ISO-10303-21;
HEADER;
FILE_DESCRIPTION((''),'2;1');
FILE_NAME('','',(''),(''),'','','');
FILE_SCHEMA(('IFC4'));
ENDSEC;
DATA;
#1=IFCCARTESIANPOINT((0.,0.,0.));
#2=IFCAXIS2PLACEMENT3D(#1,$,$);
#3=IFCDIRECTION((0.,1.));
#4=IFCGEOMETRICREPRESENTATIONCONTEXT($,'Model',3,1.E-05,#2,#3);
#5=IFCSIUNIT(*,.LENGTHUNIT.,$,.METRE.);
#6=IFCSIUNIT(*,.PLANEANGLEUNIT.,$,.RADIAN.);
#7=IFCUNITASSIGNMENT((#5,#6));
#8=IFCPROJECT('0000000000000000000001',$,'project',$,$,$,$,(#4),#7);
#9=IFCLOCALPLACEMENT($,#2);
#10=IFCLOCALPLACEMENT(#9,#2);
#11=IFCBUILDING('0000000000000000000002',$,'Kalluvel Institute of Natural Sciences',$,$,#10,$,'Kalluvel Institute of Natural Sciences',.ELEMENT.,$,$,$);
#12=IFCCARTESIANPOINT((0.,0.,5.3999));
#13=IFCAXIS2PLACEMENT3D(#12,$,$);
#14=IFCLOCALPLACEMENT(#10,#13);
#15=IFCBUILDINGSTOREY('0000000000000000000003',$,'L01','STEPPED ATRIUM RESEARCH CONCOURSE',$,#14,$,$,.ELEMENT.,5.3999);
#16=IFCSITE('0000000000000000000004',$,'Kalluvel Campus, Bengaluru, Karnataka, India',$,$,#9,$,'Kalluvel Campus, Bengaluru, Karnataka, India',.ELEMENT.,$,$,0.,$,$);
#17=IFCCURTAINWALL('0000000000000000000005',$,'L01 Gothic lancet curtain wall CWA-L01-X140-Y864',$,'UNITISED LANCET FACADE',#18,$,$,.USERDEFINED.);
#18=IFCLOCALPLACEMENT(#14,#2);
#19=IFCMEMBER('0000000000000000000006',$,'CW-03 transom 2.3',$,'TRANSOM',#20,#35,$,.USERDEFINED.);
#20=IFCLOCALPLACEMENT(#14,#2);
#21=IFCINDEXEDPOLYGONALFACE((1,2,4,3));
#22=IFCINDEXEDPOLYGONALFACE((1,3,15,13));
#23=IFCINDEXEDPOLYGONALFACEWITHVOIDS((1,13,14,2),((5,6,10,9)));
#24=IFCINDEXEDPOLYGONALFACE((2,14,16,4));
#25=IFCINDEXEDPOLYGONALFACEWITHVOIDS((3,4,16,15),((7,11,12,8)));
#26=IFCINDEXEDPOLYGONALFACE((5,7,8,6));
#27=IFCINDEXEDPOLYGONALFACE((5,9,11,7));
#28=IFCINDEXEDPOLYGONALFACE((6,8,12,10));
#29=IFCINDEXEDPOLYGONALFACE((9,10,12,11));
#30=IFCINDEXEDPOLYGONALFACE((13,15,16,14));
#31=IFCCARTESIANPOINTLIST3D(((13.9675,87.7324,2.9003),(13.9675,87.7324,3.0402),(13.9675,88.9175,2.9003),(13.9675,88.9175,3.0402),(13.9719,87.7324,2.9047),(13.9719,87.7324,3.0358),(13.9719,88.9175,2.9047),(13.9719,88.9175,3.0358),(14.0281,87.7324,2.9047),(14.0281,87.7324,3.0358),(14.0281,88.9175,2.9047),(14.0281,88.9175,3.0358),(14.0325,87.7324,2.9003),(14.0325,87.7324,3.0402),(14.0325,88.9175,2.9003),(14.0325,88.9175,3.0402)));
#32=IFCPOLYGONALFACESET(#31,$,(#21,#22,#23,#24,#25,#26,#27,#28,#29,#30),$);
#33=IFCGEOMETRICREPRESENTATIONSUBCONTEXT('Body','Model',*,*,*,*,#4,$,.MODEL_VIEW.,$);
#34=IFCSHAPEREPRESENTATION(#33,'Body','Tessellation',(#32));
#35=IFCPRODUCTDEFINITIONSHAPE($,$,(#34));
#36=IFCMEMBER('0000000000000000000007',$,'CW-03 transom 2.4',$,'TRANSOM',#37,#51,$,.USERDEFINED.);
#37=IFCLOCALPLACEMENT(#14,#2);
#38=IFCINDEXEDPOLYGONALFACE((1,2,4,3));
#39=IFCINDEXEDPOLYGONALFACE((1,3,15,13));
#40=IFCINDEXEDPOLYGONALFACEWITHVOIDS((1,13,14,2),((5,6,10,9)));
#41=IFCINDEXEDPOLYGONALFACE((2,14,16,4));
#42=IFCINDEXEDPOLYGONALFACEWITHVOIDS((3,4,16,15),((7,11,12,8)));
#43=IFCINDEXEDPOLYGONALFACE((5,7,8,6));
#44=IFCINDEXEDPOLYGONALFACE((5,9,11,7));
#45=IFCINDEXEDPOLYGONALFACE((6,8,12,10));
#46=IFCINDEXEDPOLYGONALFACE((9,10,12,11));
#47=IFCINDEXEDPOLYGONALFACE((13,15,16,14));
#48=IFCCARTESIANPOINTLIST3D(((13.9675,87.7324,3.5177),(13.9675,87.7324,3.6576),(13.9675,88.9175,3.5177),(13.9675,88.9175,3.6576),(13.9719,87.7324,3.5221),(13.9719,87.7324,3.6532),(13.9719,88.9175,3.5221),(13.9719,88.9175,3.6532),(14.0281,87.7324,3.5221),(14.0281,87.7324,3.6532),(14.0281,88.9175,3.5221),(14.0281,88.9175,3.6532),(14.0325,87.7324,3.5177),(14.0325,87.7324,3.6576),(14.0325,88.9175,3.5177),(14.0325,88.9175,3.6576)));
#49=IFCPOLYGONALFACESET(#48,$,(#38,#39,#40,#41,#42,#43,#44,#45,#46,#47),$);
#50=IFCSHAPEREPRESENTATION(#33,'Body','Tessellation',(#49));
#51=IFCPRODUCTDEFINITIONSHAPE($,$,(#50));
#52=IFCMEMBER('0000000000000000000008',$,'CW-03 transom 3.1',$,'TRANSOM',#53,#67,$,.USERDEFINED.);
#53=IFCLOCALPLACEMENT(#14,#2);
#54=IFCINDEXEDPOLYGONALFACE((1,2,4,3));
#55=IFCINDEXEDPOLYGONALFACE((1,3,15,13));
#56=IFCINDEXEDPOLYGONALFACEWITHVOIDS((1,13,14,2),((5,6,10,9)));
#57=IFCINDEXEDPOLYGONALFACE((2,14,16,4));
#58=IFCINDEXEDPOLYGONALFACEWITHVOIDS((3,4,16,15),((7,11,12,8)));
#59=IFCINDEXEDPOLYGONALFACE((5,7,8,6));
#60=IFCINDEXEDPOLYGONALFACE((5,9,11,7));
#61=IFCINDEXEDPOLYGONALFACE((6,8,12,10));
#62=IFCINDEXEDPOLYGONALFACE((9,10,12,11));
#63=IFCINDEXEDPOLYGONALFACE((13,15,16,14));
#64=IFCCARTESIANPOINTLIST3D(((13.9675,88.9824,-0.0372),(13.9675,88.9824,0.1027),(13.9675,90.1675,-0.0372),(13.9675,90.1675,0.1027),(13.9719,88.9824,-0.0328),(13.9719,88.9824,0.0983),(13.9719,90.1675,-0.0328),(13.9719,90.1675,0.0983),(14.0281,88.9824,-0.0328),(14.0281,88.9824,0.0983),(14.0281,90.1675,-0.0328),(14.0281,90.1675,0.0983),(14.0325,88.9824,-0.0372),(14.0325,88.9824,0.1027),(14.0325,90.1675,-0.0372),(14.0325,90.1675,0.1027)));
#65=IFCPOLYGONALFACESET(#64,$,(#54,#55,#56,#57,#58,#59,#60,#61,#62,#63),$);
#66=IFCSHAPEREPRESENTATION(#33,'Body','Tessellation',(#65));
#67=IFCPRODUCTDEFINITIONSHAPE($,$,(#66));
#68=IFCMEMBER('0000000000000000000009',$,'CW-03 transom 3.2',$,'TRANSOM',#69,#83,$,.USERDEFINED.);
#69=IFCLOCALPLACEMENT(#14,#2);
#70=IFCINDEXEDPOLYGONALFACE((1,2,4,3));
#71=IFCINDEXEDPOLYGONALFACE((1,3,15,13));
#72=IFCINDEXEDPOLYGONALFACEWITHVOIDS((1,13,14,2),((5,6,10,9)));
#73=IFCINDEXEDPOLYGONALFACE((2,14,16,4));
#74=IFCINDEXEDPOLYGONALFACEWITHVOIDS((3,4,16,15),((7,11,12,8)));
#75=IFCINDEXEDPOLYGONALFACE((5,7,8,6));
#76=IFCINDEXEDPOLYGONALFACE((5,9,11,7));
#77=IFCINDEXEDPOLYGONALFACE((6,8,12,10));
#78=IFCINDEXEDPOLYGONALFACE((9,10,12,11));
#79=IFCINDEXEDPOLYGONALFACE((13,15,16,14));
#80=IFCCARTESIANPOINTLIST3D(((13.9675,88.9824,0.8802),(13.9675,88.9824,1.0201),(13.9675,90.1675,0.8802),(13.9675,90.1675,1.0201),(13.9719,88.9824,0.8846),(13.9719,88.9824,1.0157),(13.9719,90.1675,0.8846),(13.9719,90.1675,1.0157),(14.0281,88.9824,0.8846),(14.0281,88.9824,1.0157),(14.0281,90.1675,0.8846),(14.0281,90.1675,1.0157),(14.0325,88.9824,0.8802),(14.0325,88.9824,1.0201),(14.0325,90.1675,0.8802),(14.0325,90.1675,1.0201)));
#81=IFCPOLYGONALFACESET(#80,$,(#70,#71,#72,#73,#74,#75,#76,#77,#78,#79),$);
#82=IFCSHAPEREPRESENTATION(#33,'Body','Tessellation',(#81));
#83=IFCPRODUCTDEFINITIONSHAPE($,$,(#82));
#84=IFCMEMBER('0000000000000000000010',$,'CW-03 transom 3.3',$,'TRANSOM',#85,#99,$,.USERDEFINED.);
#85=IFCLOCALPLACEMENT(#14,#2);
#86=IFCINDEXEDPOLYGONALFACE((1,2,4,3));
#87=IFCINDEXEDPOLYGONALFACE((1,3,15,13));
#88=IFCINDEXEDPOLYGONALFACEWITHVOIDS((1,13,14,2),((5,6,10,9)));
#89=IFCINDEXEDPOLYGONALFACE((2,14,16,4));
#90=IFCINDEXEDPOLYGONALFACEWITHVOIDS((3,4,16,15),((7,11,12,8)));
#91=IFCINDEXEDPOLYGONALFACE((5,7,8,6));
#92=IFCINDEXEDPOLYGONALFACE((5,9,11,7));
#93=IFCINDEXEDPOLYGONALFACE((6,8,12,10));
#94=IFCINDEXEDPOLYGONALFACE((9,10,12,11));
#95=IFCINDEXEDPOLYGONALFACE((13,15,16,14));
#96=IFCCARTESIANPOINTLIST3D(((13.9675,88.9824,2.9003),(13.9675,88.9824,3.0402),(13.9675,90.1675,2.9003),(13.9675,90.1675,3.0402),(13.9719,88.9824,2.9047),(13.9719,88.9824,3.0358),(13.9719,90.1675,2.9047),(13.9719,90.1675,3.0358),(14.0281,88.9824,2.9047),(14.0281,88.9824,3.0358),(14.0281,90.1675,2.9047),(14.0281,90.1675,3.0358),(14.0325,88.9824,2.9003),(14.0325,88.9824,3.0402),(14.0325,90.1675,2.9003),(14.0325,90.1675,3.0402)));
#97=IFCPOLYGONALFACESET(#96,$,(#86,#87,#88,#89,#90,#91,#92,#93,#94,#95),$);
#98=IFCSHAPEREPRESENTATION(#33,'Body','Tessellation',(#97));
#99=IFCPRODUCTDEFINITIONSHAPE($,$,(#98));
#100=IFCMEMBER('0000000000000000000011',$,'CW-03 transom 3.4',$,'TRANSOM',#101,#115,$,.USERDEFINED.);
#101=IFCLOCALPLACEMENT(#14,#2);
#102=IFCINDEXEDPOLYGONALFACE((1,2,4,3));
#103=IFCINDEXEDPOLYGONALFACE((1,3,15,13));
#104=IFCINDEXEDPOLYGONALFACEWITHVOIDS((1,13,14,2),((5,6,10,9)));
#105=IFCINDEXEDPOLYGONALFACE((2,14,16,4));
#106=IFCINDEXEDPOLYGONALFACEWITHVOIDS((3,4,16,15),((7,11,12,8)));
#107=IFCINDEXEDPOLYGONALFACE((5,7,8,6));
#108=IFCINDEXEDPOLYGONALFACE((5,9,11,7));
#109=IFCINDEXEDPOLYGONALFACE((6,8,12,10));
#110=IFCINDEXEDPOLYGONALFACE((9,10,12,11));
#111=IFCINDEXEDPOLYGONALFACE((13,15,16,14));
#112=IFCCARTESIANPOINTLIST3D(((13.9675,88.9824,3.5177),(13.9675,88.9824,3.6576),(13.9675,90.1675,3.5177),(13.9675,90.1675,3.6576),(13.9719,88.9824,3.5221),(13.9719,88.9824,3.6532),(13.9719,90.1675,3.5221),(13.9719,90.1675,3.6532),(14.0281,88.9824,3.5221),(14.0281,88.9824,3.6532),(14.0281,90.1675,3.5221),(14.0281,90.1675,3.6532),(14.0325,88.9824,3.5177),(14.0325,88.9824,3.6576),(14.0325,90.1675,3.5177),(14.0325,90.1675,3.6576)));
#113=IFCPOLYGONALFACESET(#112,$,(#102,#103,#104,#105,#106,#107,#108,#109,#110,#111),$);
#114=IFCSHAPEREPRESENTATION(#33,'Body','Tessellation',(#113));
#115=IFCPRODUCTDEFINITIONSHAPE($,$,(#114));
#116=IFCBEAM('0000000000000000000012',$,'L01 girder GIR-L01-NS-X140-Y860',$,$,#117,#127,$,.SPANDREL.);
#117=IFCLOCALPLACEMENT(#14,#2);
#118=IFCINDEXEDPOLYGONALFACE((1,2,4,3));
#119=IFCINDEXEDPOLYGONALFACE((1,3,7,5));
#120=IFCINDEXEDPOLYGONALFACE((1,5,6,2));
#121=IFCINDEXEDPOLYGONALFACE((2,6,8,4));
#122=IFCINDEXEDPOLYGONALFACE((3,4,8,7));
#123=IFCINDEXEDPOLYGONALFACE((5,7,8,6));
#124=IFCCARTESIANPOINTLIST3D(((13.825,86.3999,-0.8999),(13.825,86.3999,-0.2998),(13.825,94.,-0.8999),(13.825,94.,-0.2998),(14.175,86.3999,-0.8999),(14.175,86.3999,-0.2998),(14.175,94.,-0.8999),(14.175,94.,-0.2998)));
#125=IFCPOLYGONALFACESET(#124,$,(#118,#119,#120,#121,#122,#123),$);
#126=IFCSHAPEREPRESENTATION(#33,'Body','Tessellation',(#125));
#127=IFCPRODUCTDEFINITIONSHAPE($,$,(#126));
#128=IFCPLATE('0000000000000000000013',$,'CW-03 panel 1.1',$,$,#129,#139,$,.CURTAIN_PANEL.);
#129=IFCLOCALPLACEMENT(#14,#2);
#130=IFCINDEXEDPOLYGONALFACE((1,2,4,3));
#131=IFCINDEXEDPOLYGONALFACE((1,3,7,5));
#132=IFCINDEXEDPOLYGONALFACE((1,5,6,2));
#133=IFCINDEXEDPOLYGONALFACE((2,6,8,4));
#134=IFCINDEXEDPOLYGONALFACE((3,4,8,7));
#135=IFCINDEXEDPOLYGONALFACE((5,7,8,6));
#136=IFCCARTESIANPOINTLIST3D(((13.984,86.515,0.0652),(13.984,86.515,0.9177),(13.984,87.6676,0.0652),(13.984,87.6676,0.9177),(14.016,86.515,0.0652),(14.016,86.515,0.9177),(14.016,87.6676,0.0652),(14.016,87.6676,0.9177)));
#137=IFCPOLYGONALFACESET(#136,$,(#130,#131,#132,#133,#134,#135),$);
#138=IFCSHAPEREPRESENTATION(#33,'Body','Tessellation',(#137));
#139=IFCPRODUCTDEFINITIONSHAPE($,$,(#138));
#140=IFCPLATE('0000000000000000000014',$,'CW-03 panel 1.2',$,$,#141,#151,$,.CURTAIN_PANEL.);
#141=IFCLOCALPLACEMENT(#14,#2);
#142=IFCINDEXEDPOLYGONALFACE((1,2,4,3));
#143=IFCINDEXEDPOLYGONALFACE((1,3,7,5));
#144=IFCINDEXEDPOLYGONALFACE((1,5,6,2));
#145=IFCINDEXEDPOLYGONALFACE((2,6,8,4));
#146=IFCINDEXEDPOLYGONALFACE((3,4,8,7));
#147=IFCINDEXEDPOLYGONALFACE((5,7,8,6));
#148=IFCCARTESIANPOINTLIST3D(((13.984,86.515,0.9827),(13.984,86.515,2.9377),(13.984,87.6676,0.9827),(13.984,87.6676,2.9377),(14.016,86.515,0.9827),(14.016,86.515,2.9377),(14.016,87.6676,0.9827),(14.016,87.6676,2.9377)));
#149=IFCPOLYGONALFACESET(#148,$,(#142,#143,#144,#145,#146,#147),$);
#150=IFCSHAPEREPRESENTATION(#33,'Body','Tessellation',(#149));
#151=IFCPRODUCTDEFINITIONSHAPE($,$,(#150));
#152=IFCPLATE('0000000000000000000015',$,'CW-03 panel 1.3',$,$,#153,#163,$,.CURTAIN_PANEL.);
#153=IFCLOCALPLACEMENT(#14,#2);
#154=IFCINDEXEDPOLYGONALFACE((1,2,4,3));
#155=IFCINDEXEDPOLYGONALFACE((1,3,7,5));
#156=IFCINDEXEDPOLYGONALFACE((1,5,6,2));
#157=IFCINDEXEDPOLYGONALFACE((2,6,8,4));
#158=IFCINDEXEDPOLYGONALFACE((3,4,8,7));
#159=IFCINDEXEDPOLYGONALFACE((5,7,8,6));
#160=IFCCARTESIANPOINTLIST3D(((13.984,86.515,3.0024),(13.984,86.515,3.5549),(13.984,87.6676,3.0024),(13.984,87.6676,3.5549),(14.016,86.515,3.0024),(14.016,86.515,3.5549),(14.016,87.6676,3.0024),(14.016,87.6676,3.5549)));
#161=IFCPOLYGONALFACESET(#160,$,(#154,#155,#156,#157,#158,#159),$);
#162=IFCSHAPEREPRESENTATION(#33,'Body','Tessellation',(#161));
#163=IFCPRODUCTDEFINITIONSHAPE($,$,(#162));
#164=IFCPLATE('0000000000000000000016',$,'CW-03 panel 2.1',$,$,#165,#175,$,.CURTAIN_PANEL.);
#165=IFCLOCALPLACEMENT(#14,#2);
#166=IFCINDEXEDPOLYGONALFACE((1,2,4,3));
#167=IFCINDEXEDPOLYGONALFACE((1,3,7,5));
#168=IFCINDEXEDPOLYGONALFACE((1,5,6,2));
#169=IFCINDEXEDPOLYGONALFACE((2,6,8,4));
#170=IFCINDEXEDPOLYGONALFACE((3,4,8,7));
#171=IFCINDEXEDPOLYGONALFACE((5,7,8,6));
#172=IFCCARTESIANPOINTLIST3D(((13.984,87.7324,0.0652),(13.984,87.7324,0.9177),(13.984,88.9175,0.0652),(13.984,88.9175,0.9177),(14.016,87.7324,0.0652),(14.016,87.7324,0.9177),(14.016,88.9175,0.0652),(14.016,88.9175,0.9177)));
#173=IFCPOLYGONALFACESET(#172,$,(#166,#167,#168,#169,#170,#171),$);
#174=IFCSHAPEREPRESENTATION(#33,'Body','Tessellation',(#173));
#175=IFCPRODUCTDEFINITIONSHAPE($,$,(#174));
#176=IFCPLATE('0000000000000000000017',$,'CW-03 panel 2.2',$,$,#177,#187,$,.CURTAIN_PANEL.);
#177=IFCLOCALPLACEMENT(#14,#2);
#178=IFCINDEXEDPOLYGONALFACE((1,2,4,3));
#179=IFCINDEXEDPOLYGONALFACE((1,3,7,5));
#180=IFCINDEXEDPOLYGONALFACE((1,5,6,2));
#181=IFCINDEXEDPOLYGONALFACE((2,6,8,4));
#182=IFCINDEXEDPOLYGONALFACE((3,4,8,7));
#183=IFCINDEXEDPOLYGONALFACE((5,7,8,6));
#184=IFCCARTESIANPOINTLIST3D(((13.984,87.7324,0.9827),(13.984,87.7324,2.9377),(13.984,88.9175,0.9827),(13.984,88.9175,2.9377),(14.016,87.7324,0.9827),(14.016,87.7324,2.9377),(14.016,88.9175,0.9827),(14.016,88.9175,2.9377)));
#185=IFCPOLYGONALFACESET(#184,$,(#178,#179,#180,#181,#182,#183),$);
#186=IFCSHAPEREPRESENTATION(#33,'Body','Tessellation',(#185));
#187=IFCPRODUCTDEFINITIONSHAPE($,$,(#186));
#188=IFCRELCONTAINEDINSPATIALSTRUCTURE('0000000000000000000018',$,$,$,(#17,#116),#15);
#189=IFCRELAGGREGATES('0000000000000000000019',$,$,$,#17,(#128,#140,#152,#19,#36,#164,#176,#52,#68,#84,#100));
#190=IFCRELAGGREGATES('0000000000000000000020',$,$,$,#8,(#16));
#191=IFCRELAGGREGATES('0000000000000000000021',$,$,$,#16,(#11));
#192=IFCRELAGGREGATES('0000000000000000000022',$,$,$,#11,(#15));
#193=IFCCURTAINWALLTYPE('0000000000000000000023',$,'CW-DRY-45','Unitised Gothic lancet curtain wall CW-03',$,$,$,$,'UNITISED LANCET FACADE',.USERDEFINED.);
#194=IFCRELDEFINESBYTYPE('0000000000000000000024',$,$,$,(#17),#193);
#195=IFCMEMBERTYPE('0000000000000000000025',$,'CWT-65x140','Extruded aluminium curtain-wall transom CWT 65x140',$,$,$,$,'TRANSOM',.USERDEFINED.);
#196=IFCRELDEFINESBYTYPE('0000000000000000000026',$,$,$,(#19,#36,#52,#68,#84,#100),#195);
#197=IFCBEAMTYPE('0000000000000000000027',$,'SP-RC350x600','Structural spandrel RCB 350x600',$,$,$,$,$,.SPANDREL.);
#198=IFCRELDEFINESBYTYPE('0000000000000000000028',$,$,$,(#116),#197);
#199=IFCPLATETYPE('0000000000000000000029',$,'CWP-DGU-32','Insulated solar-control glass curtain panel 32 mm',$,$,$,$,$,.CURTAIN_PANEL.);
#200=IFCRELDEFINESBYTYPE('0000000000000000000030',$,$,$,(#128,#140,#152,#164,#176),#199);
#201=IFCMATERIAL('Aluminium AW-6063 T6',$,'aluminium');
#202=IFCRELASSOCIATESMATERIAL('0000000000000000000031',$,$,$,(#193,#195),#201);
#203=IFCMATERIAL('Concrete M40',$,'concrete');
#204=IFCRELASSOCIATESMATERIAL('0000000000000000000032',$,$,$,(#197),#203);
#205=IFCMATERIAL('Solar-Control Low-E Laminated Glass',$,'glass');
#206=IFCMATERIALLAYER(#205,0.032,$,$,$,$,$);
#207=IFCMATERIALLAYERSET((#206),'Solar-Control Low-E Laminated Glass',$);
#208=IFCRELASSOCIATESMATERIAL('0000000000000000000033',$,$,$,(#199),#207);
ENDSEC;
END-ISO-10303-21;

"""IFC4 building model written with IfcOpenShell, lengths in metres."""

from ifc_helpers import new_model, si_unit, direction, frame, origin, origin_2d, place, context, subcontext, project, spatial, rectangle, hollow_rectangle, extrude, material, layer, layer_set, material_profile, profile_set, type_object, element, aggregate, save


model = new_model("IFC4")

# Units and contexts
model_context = context("Model", 3, precision=1e-05, world=origin(), true_north=direction((0.0, 1.0)))
body_context = subcontext(model_context, "Body", "Model", "MODEL_VIEW")
ifc_project = project(units=[si_unit("LENGTHUNIT", "METRE"), si_unit("PLANEANGLEUNIT", "RADIAN")], contexts=[model_context])

# Site, building, storey
site_placement = place(None, origin())
site = spatial("IfcSite", under=ifc_project, at=site_placement, Name="Kalluvel Campus, Bengaluru, Karnataka, India", LongName="Kalluvel Campus, Bengaluru, Karnataka, India", CompositionType="ELEMENT", RefElevation=0.0)
building_placement = place(site_placement, origin())
building = spatial("IfcBuilding", under=site, at=building_placement, Name="Kalluvel Institute of Natural Sciences", LongName="Kalluvel Institute of Natural Sciences", CompositionType="ELEMENT")
storey_placement = place(building_placement, frame((0.0, 0.0, 5.3999)))
storey = spatial("IfcBuildingStorey", under=building, at=storey_placement, Name="L01", Description="STEPPED ATRIUM RESEARCH CONCOURSE", CompositionType="ELEMENT", Elevation=5.3999)

# Curtain wall, members
ifc_material_1 = material(Name="Aluminium AW-6063 T6", Category="aluminium")
curtain_wall_type = type_object("IfcCurtainWallType", Name="CW-DRY-45", Description="Unitised Gothic lancet curtain wall CW-03", ElementType="UNITISED LANCET FACADE", PredefinedType="USERDEFINED", material=ifc_material_1)
curtain_wall_placement = place(storey_placement, origin())
curtain_wall = element("IfcCurtainWall", 1, at=curtain_wall_placement, inside=storey, type_object=curtain_wall_type, Name="L01 Gothic lancet curtain wall CWA-L01-X140-Y864", ObjectType="UNITISED LANCET FACADE", PredefinedType="USERDEFINED")
ifc_material_profile_1 = material_profile(ifc_material_1, hollow_rectangle(XDim=0.0649, YDim=0.1399, WallThickness=0.0044, at=origin_2d()), Name="CWT 65x140")
ifc_profile_set_1 = profile_set([ifc_material_profile_1], Name="Aluminium AW-6063 T6")
member_type_1 = type_object("IfcMemberType", Name="CWT-65x140", Description="Extruded aluminium curtain-wall transom CWT 65x140", ElementType="TRANSOM", PredefinedType="USERDEFINED", material=ifc_profile_set_1)
member_1_placement = place(storey_placement, frame((14.0, 87.7324, 2.9702), z_axis=(0.0, 1.0, 0.0), x_axis=(-1.0, 0.0, 0.0)))
member_1 = element("IfcMember", 2, at=member_1_placement, type_object=member_type_1, Name="CW-03 transom 2.3", ObjectType="TRANSOM", PredefinedType="USERDEFINED", context=body_context, shape_type="SweptSolid", body=[
    extrude(hollow_rectangle(XDim=0.0649, YDim=0.1399, WallThickness=0.0044, at=origin_2d()), origin(), (0.0, 0.0, 1.0), 1.1851),
])
member_2_placement = place(storey_placement, frame((14.0, 87.7324, 3.5876), z_axis=(0.0, 1.0, 0.0), x_axis=(-1.0, 0.0, 0.0)))
member_2 = element("IfcMember", 3, at=member_2_placement, type_object=member_type_1, Name="CW-03 transom 2.4", ObjectType="TRANSOM", PredefinedType="USERDEFINED", context=body_context, shape_type="SweptSolid", body=[
    extrude(hollow_rectangle(XDim=0.0649, YDim=0.1399, WallThickness=0.0044, at=origin_2d()), origin(), (0.0, 0.0, 1.0), 1.1851),
])
member_3_placement = place(storey_placement, frame((14.0, 88.9824, 0.0327), z_axis=(0.0, 1.0, 0.0), x_axis=(-1.0, 0.0, 0.0)))
member_3 = element("IfcMember", 4, at=member_3_placement, type_object=member_type_1, Name="CW-03 transom 3.1", ObjectType="TRANSOM", PredefinedType="USERDEFINED", context=body_context, shape_type="SweptSolid", body=[
    extrude(hollow_rectangle(XDim=0.0649, YDim=0.1399, WallThickness=0.0044, at=origin_2d()), origin(), (0.0, 0.0, 1.0), 1.1851),
])
member_4_placement = place(storey_placement, frame((14.0, 88.9824, 0.9502), z_axis=(0.0, 1.0, 0.0), x_axis=(-1.0, 0.0, 0.0)))
member_4 = element("IfcMember", 5, at=member_4_placement, type_object=member_type_1, Name="CW-03 transom 3.2", ObjectType="TRANSOM", PredefinedType="USERDEFINED", context=body_context, shape_type="SweptSolid", body=[
    extrude(hollow_rectangle(XDim=0.0649, YDim=0.1399, WallThickness=0.0044, at=origin_2d()), origin(), (0.0, 0.0, 1.0), 1.1851),
])
member_5_placement = place(storey_placement, frame((14.0, 88.9824, 2.9702), z_axis=(0.0, 1.0, 0.0), x_axis=(-1.0, 0.0, 0.0)))
member_5 = element("IfcMember", 6, at=member_5_placement, type_object=member_type_1, Name="CW-03 transom 3.3", ObjectType="TRANSOM", PredefinedType="USERDEFINED", context=body_context, shape_type="SweptSolid", body=[
    extrude(hollow_rectangle(XDim=0.0649, YDim=0.1399, WallThickness=0.0044, at=origin_2d()), origin(), (0.0, 0.0, 1.0), 1.1851),
])
member_6_placement = place(storey_placement, frame((14.0, 88.9824, 3.5876), z_axis=(0.0, 1.0, 0.0), x_axis=(-1.0, 0.0, 0.0)))
member_6 = element("IfcMember", 7, at=member_6_placement, type_object=member_type_1, Name="CW-03 transom 3.4", ObjectType="TRANSOM", PredefinedType="USERDEFINED", context=body_context, shape_type="SweptSolid", body=[
    extrude(hollow_rectangle(XDim=0.0649, YDim=0.1399, WallThickness=0.0044, at=origin_2d()), origin(), (0.0, 0.0, 1.0), 1.1851),
])

# Beam
ifc_material_2 = material(Name="Concrete M40", Category="concrete")
ifc_material_profile_2 = material_profile(ifc_material_2, rectangle(XDim=0.3501, YDim=0.6001, at=origin_2d()), Name="RCB 350x600")
ifc_profile_set_2 = profile_set([ifc_material_profile_2], Name="Concrete M40")
beam_type = type_object("IfcBeamType", Name="SP-RC350x600", Description="Structural spandrel RCB 350x600", PredefinedType="SPANDREL", material=ifc_profile_set_2)
beam_placement = place(storey_placement, frame((14.0, 86.3999, -0.5999), z_axis=(0.0, 1.0, 0.0), x_axis=(-1.0, 0.0, 0.0)))
element("IfcBeam", 8, at=beam_placement, inside=storey, type_object=beam_type, Name="L01 girder GIR-L01-NS-X140-Y860", PredefinedType="SPANDREL", context=body_context, shape_type="SweptSolid", body=[
    extrude(rectangle(XDim=0.3501, YDim=0.6001, at=origin_2d()), origin(), (0.0, 0.0, 1.0), 7.6001),
])

# Plates
ifc_material_3 = material(Name="Solar-Control Low-E Laminated Glass", Category="glass")
ifc_layer = layer(ifc_material_3, 0.032)
ifc_layer_set = layer_set([ifc_layer], Name="Solar-Control Low-E Laminated Glass")
plate_type = type_object("IfcPlateType", Name="CWP-DGU-32", Description="Insulated solar-control glass curtain panel 32 mm", PredefinedType="CURTAIN_PANEL", material=ifc_layer_set)
plate_1_placement = place(storey_placement, frame((14.0, 87.0913, 0.0652), z_axis=(0.0, 0.0, 1.0), x_axis=(0.0, 1.0, 0.0)))
plate_1 = element("IfcPlate", 9, at=plate_1_placement, type_object=plate_type, Name="CW-03 panel 1.1", PredefinedType="CURTAIN_PANEL", context=body_context, shape_type="SweptSolid", body=[
    extrude(rectangle(XDim=1.1526, YDim=0.032, at=origin_2d()), origin(), (0.0, 0.0, 1.0), 0.8525),
])
plate_2_placement = place(storey_placement, frame((14.0, 87.0913, 0.9827), z_axis=(0.0, 0.0, 1.0), x_axis=(0.0, 1.0, 0.0)))
plate_2 = element("IfcPlate", 10, at=plate_2_placement, type_object=plate_type, Name="CW-03 panel 1.2", PredefinedType="CURTAIN_PANEL", context=body_context, shape_type="SweptSolid", body=[
    extrude(rectangle(XDim=1.1526, YDim=0.032, at=origin_2d()), origin(), (0.0, 0.0, 1.0), 1.9551),
])
plate_3_placement = place(storey_placement, frame((14.0, 87.0913, 3.0024), z_axis=(0.0, 0.0, 1.0), x_axis=(0.0, 1.0, 0.0)))
plate_3 = element("IfcPlate", 11, at=plate_3_placement, type_object=plate_type, Name="CW-03 panel 1.3", PredefinedType="CURTAIN_PANEL", context=body_context, shape_type="SweptSolid", body=[
    extrude(rectangle(XDim=1.1526, YDim=0.032, at=origin_2d()), origin(), (0.0, 0.0, 1.0), 0.5525),
])
plate_4_placement = place(storey_placement, frame((14.0, 88.325, 0.0652), z_axis=(0.0, 0.0, 1.0), x_axis=(0.0, 1.0, 0.0)))
plate_4 = element("IfcPlate", 12, at=plate_4_placement, type_object=plate_type, Name="CW-03 panel 2.1", PredefinedType="CURTAIN_PANEL", context=body_context, shape_type="SweptSolid", body=[
    extrude(rectangle(XDim=1.1851, YDim=0.032, at=origin_2d()), origin(), (0.0, 0.0, 1.0), 0.8525),
])
plate_5_placement = place(storey_placement, frame((14.0, 88.325, 0.9827), z_axis=(0.0, 0.0, 1.0), x_axis=(0.0, 1.0, 0.0)))
plate_5 = element("IfcPlate", 13, at=plate_5_placement, type_object=plate_type, Name="CW-03 panel 2.2", PredefinedType="CURTAIN_PANEL", context=body_context, shape_type="SweptSolid", body=[
    extrude(rectangle(XDim=1.1851, YDim=0.032, at=origin_2d()), origin(), (0.0, 0.0, 1.0), 1.9551),
])
aggregate(curtain_wall, [plate_1, plate_2, plate_3, member_1, member_2, plate_4, plate_5, member_3, member_4, member_5, member_6])

save(model, "model.ifc")
